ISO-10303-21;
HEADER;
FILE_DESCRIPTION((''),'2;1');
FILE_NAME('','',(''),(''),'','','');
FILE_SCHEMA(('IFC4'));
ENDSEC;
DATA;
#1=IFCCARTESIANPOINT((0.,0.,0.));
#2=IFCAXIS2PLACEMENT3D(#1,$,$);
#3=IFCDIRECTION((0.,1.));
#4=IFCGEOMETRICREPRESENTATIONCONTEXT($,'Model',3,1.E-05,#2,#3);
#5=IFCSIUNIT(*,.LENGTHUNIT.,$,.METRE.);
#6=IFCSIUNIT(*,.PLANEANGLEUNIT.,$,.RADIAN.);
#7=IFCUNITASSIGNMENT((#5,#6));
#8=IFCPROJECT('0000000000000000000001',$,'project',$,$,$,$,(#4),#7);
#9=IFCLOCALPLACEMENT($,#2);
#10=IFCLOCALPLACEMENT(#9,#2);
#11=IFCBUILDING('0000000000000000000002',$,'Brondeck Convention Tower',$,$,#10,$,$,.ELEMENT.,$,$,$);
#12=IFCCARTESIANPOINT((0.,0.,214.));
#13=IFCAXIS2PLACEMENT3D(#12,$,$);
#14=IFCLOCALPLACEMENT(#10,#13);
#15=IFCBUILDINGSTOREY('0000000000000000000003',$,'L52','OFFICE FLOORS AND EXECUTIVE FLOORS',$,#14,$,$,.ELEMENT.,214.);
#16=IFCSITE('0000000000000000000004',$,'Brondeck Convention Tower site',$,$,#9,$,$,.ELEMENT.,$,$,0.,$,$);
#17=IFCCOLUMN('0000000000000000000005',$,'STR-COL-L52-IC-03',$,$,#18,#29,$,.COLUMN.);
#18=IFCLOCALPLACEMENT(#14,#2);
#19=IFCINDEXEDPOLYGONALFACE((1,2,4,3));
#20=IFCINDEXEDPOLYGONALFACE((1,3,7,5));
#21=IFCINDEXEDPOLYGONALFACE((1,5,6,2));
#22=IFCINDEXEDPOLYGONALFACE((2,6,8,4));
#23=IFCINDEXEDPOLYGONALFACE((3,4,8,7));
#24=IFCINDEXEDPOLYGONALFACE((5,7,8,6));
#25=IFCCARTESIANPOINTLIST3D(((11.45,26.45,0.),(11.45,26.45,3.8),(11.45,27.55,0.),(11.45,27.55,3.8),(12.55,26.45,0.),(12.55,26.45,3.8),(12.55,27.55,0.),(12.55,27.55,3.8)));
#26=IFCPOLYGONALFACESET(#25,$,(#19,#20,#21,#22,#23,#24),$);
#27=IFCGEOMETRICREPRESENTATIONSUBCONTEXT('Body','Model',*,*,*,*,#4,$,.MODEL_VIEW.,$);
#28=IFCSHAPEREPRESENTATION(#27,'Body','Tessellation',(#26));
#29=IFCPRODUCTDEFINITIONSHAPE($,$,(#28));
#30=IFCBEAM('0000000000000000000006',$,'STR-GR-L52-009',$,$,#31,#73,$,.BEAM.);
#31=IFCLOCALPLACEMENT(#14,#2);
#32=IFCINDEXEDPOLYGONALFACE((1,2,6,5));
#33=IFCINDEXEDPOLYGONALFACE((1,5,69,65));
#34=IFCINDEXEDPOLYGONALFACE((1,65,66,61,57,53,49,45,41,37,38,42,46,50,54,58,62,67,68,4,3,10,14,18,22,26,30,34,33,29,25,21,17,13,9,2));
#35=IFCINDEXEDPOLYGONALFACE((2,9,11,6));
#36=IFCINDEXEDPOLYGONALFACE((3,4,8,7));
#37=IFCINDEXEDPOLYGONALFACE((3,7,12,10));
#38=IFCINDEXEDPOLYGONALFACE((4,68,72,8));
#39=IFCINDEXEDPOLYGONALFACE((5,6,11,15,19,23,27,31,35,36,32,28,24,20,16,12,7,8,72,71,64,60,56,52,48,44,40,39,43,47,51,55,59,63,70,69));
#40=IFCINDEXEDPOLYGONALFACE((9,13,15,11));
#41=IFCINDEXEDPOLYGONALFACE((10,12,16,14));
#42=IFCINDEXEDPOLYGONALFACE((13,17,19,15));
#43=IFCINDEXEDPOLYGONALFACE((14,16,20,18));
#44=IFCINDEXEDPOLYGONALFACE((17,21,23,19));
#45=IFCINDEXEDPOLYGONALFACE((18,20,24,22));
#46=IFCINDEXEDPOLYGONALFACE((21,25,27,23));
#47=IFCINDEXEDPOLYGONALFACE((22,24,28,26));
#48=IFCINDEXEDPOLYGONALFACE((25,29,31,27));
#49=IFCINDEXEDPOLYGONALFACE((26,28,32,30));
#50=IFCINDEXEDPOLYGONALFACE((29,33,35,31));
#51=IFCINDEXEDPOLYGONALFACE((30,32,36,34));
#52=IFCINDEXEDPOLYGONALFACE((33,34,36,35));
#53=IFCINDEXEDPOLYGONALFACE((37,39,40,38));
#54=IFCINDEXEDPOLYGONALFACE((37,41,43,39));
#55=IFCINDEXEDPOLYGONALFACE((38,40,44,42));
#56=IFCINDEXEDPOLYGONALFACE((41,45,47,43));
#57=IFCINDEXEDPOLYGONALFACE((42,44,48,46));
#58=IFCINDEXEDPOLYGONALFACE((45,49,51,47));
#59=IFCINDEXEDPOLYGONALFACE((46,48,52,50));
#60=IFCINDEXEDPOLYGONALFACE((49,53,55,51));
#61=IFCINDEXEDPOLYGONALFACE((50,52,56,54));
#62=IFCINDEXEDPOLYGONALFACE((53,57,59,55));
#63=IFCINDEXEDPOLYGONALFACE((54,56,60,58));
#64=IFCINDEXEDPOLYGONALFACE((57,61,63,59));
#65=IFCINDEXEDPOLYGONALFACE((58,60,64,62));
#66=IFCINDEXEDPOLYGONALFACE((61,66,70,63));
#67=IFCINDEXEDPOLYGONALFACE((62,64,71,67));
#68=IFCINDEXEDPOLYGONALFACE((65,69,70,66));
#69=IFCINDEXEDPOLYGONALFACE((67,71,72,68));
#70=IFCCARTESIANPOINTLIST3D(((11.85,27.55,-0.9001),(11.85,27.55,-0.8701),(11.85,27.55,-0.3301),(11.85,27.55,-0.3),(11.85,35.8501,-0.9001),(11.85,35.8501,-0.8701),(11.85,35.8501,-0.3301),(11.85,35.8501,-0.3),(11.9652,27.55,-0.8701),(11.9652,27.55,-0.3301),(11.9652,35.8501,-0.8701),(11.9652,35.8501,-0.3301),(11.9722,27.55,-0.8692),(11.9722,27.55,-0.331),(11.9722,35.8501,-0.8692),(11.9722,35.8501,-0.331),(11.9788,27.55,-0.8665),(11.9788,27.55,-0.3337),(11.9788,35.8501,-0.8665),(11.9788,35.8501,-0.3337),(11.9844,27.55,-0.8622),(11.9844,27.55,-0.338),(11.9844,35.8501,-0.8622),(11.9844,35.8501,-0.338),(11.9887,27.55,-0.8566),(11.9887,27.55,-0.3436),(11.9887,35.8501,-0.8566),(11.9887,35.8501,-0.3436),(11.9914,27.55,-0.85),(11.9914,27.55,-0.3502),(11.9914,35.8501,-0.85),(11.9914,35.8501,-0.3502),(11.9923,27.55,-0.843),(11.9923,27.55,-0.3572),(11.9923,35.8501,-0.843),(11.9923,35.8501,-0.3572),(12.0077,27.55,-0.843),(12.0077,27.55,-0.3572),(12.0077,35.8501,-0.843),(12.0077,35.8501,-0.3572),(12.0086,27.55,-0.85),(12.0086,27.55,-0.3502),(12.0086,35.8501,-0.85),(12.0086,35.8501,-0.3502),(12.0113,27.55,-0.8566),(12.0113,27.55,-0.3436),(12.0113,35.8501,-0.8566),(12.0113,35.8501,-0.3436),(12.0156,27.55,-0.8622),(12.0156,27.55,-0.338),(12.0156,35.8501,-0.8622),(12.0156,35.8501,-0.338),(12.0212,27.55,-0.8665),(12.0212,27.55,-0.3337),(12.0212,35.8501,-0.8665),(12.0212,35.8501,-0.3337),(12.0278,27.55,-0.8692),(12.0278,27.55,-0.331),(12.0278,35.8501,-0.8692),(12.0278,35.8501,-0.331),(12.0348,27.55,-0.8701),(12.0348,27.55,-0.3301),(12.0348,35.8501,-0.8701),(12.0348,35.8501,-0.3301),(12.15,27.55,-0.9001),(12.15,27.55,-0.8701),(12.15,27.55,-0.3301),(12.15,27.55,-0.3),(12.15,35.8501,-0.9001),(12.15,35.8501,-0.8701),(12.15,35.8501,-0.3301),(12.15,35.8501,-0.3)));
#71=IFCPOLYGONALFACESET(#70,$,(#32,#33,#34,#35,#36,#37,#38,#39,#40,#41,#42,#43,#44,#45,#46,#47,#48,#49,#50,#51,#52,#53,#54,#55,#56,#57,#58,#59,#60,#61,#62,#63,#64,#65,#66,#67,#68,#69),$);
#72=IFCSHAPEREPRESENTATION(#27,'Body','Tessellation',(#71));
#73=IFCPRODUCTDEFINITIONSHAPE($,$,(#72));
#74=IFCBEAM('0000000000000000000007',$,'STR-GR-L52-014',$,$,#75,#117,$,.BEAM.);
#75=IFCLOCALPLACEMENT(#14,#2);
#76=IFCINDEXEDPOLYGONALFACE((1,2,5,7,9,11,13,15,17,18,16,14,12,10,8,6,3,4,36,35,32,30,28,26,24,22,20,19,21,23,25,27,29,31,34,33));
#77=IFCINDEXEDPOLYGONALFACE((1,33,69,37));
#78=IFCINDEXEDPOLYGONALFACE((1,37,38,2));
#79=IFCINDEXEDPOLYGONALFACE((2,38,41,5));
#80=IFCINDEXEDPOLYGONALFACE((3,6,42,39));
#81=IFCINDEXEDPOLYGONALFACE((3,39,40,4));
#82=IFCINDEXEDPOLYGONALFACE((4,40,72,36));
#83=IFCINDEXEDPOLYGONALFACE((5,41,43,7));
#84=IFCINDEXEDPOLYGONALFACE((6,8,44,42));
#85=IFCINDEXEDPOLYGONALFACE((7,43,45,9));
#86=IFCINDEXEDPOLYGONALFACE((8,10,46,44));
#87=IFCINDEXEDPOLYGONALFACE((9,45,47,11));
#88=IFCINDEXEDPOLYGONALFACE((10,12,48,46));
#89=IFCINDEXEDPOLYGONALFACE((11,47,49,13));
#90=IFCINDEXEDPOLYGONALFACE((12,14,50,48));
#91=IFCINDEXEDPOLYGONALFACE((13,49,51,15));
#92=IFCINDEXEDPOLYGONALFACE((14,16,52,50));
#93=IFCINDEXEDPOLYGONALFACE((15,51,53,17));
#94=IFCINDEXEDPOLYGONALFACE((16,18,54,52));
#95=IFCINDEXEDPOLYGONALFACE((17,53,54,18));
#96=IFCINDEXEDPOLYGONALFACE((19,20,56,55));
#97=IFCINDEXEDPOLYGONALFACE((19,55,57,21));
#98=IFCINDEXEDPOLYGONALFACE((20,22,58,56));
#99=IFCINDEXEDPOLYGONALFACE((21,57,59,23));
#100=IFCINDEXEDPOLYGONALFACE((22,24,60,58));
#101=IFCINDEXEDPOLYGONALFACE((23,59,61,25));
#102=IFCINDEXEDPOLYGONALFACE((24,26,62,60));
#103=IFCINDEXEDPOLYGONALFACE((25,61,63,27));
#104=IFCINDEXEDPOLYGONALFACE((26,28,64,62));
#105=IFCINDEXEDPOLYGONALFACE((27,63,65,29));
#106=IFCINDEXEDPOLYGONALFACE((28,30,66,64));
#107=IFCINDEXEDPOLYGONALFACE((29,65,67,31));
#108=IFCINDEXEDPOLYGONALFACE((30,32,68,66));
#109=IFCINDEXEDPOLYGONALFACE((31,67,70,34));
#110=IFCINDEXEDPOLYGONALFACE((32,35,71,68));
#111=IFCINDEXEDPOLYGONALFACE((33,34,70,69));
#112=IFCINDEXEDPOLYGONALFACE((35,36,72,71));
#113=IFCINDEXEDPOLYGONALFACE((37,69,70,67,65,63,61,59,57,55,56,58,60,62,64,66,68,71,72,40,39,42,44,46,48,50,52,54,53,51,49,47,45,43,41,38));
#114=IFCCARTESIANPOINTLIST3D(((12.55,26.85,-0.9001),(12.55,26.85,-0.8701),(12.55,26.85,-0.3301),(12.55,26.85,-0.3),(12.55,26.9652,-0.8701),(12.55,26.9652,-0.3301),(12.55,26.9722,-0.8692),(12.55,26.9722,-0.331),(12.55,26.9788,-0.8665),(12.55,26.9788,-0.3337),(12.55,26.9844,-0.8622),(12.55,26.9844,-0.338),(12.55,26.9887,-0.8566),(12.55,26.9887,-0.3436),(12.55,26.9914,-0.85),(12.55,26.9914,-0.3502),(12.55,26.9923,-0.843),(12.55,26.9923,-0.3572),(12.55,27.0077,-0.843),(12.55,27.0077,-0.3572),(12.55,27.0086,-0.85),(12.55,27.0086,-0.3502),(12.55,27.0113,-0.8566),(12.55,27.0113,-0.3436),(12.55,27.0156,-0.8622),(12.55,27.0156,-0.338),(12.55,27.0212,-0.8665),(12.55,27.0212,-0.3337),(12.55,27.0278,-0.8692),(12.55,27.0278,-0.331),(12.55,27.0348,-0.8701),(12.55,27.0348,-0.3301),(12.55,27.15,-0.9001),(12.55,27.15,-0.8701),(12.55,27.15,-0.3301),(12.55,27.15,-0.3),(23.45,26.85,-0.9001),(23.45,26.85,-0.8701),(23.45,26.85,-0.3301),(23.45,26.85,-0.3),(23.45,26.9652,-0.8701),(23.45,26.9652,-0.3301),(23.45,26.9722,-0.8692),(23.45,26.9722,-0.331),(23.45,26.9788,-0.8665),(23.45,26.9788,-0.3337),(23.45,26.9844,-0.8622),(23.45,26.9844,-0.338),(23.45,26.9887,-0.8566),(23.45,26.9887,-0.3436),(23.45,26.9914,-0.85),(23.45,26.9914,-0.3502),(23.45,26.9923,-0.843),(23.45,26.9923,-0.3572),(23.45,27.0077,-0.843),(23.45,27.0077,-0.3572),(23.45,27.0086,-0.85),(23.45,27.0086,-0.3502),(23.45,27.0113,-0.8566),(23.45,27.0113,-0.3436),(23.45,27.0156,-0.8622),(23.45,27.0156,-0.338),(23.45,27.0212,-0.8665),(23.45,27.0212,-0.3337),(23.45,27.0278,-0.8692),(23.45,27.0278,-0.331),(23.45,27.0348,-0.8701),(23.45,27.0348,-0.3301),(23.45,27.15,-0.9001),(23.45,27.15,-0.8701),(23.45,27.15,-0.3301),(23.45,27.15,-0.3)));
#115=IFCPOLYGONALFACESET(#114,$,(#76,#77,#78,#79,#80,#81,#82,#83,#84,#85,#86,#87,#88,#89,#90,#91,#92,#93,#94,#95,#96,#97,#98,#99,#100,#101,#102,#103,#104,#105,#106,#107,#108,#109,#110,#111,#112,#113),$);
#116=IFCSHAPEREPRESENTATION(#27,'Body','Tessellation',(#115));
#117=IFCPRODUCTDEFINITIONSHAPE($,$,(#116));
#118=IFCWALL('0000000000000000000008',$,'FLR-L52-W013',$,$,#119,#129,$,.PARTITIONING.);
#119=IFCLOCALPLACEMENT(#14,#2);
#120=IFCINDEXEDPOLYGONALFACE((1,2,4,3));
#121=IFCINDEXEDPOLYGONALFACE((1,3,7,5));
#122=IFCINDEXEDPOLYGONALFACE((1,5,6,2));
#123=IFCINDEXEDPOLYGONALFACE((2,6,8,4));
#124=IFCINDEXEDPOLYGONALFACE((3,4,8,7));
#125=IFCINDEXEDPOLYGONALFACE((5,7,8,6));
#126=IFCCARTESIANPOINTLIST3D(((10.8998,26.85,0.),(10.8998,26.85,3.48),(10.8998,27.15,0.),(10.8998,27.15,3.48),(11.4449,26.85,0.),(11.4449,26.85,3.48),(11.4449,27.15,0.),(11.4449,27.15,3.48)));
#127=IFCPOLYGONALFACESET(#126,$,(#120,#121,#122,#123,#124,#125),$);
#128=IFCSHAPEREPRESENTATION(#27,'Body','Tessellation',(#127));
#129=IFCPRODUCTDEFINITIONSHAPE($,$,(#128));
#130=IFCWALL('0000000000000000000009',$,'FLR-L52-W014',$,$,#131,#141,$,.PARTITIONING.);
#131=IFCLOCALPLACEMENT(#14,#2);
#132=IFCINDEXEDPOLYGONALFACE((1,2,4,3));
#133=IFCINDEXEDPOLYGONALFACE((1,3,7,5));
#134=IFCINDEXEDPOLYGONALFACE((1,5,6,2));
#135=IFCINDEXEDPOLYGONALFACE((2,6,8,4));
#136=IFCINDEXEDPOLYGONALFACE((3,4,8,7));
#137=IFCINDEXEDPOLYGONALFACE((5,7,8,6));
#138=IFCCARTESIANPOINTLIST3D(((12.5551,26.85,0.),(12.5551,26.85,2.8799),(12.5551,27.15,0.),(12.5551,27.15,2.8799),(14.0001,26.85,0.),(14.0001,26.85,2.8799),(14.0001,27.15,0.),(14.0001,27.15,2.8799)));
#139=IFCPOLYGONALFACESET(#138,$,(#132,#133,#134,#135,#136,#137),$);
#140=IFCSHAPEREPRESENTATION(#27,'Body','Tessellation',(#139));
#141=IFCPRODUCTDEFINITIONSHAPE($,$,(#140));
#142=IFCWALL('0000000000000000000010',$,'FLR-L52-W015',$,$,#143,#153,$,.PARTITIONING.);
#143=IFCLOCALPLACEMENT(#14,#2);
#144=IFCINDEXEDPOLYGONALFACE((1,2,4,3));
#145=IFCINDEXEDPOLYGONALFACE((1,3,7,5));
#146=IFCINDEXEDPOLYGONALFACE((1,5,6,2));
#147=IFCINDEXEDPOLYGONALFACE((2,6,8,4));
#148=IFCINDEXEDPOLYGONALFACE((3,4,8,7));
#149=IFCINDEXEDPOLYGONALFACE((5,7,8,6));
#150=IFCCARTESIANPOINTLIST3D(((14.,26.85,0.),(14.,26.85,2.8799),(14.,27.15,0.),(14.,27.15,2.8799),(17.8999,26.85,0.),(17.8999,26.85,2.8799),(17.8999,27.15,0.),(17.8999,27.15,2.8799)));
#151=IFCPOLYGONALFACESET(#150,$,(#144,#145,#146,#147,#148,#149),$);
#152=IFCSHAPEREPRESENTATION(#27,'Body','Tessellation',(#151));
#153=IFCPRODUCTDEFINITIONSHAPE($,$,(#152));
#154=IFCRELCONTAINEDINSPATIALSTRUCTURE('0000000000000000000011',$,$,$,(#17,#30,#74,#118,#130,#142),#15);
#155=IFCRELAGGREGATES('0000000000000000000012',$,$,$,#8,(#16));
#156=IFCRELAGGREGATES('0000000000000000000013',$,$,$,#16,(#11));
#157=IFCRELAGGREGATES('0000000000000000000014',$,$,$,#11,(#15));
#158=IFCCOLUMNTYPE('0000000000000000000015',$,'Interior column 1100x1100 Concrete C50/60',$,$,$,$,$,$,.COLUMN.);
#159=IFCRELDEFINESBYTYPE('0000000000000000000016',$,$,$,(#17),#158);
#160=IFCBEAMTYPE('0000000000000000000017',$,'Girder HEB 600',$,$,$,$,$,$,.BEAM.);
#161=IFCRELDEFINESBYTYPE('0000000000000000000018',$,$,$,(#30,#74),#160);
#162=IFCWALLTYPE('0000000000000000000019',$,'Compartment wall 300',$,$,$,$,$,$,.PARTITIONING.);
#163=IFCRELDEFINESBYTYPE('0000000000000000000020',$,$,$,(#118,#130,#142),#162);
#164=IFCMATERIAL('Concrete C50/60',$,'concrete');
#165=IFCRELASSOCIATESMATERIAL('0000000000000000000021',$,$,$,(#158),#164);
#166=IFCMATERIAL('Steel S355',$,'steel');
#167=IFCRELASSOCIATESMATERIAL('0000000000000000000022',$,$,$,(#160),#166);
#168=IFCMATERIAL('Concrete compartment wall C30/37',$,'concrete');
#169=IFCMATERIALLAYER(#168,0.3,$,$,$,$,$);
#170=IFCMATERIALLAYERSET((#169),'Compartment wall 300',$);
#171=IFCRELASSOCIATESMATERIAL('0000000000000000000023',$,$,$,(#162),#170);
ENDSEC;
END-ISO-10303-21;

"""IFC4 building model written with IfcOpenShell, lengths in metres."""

from ifc_helpers import new_model, si_unit, direction, frame, frame_2d, origin, origin_2d, place, context, subcontext, project, spatial, rectangle, i_section, extrude, material, layer, layer_set, material_profile, profile_set, type_object, element, save


model = new_model("IFC4")

# Units and contexts
model_context = context("Model", 3, precision=1e-05, world=origin(), true_north=direction((0.0, 1.0)))
body_context = subcontext(model_context, "Body", "Model", "MODEL_VIEW")
ifc_project = project(units=[si_unit("LENGTHUNIT", "METRE"), si_unit("PLANEANGLEUNIT", "RADIAN")], contexts=[model_context])

# Site, building, storey
site_placement = place(None, origin())
site = spatial("IfcSite", under=ifc_project, at=site_placement, Name="Brondeck Convention Tower site", CompositionType="ELEMENT", RefElevation=0.0)
building_placement = place(site_placement, origin())
building = spatial("IfcBuilding", under=site, at=building_placement, Name="Brondeck Convention Tower", CompositionType="ELEMENT")
storey_placement = place(building_placement, frame((0.0, 0.0, 214.0)))
storey = spatial("IfcBuildingStorey", under=building, at=storey_placement, Name="L52", Description="OFFICE FLOORS AND EXECUTIVE FLOORS", CompositionType="ELEMENT", Elevation=214.0)

# Column
ifc_material_1 = material(Name="Concrete C50/60", Category="concrete")
ifc_material_profile_1 = material_profile(ifc_material_1, rectangle(XDim=1.1001, YDim=1.1001, at=origin_2d()), Name="Interior column 1100x1100 Concrete C50/60")
ifc_profile_set_1 = profile_set([ifc_material_profile_1], Name="Concrete C50/60")
column_type = type_object("IfcColumnType", Name="Interior column 1100x1100 Concrete C50/60", PredefinedType="COLUMN", material=ifc_profile_set_1)
column_placement = place(storey_placement, frame((12.0, 27.0, 0.0), z_axis=(0.0, 0.0, 1.0), x_axis=(1.0, 0.0, 0.0)))
element("IfcColumn", 1, at=column_placement, inside=storey, type_object=column_type, Name="STR-COL-L52-IC-03", PredefinedType="COLUMN", context=body_context, shape_type="SweptSolid", body=[
    extrude(rectangle(XDim=1.1001, YDim=1.1001, at=origin_2d()), origin(), (0.0, 0.0, 1.0), 3.8),
])

# Beams
ifc_material_2 = material(Name="Steel S355", Category="steel")
ifc_material_profile_2 = material_profile(ifc_material_2, i_section(OverallWidth=0.3, OverallDepth=0.6001, WebThickness=0.0154, FlangeThickness=0.03, FilletRadius=0.0271, at=origin_2d()), Name="HEB 600")
ifc_profile_set_2 = profile_set([ifc_material_profile_2], Name="Steel S355")
beam_type = type_object("IfcBeamType", Name="Girder HEB 600", PredefinedType="BEAM", material=ifc_profile_set_2)
beam_1_placement = place(storey_placement, frame((12.0, 35.8501, -0.6001), z_axis=(0.0, -1.0, 0.0), x_axis=(1.0, 0.0, 0.0)))
element("IfcBeam", 2, at=beam_1_placement, inside=storey, type_object=beam_type, Name="STR-GR-L52-009", PredefinedType="BEAM", context=body_context, shape_type="SweptSolid", body=[
    extrude(i_section(OverallWidth=0.3, OverallDepth=0.6001, WebThickness=0.0154, FlangeThickness=0.03, FilletRadius=0.0271, at=origin_2d()), origin(), (0.0, 0.0, 1.0), 8.3),
])
beam_2_placement = place(storey_placement, frame((12.55, 27.0, -0.6001), z_axis=(1.0, 0.0, 0.0), x_axis=(0.0, 1.0, 0.0)))
element("IfcBeam", 3, at=beam_2_placement, inside=storey, type_object=beam_type, Name="STR-GR-L52-014", PredefinedType="BEAM", context=body_context, shape_type="SweptSolid", body=[
    extrude(i_section(OverallWidth=0.3, OverallDepth=0.6001, WebThickness=0.0154, FlangeThickness=0.03, FilletRadius=0.0271, at=origin_2d()), origin(), (0.0, 0.0, 1.0), 10.8999),
])

# Walls
ifc_material_3 = material(Name="Concrete compartment wall C30/37", Category="concrete")
ifc_layer_1 = layer(ifc_material_3, 0.3)
ifc_layer_set_1 = layer_set([ifc_layer_1], Name="Compartment wall 300")
wall_type_1 = type_object("IfcWallType", Name="Compartment wall 300", PredefinedType="PARTITIONING", material=ifc_layer_set_1)
wall_1_placement = place(storey_placement, frame((10.8999, 27.0, 0.0), z_axis=(0.0, 0.0, 1.0), x_axis=(1.0, 0.0, 0.0)))
element("IfcWall", 4, at=wall_1_placement, inside=storey, type_object=wall_type_1, Name="FLR-L52-W013", PredefinedType="PARTITIONING", context=body_context, shape_type="SweptSolid", body=[
    extrude(rectangle(XDim=0.5452, YDim=0.3, at=frame_2d((0.2725, 0.0))), origin(), (0.0, 0.0, 1.0), 3.48),
])
wall_2_placement = place(storey_placement, frame((12.5549, 27.0, 0.0), z_axis=(0.0, 0.0, 1.0), x_axis=(1.0, 0.0, 0.0)))
element("IfcWall", 5, at=wall_2_placement, inside=storey, type_object=wall_type_1, Name="FLR-L52-W014", PredefinedType="PARTITIONING", context=body_context, shape_type="SweptSolid", body=[
    extrude(rectangle(XDim=1.4451, YDim=0.3, at=frame_2d((0.7227, 0.0))), origin(), (0.0, 0.0, 1.0), 2.8799),
])
wall_3_placement = place(storey_placement, frame((14.0, 27.0, 0.0), z_axis=(0.0, 0.0, 1.0), x_axis=(1.0, 0.0, 0.0)))
element("IfcWall", 6, at=wall_3_placement, inside=storey, type_object=wall_type_1, Name="FLR-L52-W015", PredefinedType="PARTITIONING", context=body_context, shape_type="SweptSolid", body=[
    extrude(rectangle(XDim=3.8999, YDim=0.3, at=frame_2d((1.95, 0.0))), origin(), (0.0, 0.0, 1.0), 2.8799),
])

save(model, "model.ifc")
